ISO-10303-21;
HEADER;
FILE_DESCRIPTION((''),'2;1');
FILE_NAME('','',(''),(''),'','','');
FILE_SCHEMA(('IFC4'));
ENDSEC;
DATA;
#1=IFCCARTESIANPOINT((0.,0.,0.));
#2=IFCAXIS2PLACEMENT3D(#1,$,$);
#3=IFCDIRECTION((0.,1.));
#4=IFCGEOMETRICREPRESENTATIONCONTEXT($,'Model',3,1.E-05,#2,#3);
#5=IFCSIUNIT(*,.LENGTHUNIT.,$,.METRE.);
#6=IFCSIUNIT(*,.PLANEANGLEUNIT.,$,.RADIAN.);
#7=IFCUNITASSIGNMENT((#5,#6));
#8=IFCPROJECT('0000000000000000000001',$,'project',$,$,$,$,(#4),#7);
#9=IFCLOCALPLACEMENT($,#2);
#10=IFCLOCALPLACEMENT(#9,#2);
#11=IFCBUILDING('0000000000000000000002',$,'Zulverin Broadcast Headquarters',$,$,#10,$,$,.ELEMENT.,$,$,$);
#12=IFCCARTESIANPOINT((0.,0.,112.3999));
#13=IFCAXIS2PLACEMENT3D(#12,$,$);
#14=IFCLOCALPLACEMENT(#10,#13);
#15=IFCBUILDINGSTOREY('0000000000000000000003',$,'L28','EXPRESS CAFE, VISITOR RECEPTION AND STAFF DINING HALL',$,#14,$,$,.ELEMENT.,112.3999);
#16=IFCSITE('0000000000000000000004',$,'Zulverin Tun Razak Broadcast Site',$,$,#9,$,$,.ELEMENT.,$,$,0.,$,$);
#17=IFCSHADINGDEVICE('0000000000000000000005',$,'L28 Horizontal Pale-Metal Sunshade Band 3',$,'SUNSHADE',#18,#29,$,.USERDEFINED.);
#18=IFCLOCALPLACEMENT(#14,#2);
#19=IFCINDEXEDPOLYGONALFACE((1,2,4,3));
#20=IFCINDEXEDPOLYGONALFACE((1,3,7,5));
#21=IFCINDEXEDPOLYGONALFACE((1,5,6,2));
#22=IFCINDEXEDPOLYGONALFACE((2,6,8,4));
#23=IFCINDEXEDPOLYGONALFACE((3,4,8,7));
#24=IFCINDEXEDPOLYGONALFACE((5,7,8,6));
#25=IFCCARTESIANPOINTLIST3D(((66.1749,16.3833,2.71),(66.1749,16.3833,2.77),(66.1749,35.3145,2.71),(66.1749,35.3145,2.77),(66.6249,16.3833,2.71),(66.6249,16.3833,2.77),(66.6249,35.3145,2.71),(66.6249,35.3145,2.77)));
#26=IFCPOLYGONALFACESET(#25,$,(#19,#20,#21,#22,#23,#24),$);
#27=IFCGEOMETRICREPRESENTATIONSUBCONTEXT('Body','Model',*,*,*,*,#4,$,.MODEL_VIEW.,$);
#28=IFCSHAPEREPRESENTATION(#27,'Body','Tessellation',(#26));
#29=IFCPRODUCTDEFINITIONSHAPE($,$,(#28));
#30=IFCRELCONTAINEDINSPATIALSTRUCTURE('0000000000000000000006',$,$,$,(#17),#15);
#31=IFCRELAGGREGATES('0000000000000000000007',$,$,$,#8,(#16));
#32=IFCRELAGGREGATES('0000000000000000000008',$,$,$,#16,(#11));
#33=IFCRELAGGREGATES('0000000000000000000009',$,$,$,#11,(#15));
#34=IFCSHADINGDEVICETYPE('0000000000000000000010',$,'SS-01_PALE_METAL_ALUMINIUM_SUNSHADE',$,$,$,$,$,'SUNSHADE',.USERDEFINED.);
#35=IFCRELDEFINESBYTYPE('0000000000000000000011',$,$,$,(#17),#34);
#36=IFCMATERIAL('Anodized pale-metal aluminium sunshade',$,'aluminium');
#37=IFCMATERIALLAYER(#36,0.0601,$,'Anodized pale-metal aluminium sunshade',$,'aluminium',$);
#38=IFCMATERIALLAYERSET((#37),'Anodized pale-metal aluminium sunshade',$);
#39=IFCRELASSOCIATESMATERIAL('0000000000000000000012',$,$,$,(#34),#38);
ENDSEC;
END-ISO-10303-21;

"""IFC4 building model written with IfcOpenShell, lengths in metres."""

from ifc_helpers import new_model, si_unit, direction, frame, origin, origin_2d, place, context, subcontext, project, spatial, rectangle, extrude, material, layer, layer_set, type_object, element, save


model = new_model("IFC4")

# Units and contexts
model_context = context("Model", 3, precision=1e-05, world=origin(), true_north=direction((0.0, 1.0)))
body_context = subcontext(model_context, "Body", "Model", "MODEL_VIEW")
ifc_project = project(units=[si_unit("LENGTHUNIT", "METRE"), si_unit("PLANEANGLEUNIT", "RADIAN")], contexts=[model_context])

# Site, building, storey
site_placement = place(None, origin())
site = spatial("IfcSite", under=ifc_project, at=site_placement, Name="Zulverin Tun Razak Broadcast Site", CompositionType="ELEMENT", RefElevation=0.0)
building_placement = place(site_placement, origin())
building = spatial("IfcBuilding", under=site, at=building_placement, Name="Zulverin Broadcast Headquarters", CompositionType="ELEMENT")
storey_placement = place(building_placement, frame((0.0, 0.0, 112.3999)))
storey = spatial("IfcBuildingStorey", under=building, at=storey_placement, Name="L28", Description="EXPRESS CAFE, VISITOR RECEPTION AND STAFF DINING HALL", CompositionType="ELEMENT", Elevation=112.3999)

# Shading device
ifc_material_1 = material(Name="Anodized pale-metal aluminium sunshade", Category="aluminium")
ifc_layer_1 = layer(ifc_material_1, 0.0601, Name="Anodized pale-metal aluminium sunshade", Category="aluminium")
ifc_layer_set_1 = layer_set([ifc_layer_1], Name="Anodized pale-metal aluminium sunshade")
shading_device_type = type_object("IfcShadingDeviceType", Name="SS-01_PALE_METAL_ALUMINIUM_SUNSHADE", ElementType="SUNSHADE", PredefinedType="USERDEFINED", material=ifc_layer_set_1)
shading_device_placement = place(storey_placement, frame((66.3999, 25.8489, 2.71), z_axis=(0.0, 0.0, 1.0), x_axis=(0.0, 1.0, 0.0)))
element("IfcShadingDevice", 1, at=shading_device_placement, inside=storey, type_object=shading_device_type, Name="L28 Horizontal Pale-Metal Sunshade Band 3", ObjectType="SUNSHADE", PredefinedType="USERDEFINED", context=body_context, shape_type="SweptSolid", body=[
    extrude(rectangle(XDim=18.9312, YDim=0.45, at=origin_2d()), origin(), (0.0, 0.0, 1.0), 0.0601),
])

save(model, "model.ifc")
